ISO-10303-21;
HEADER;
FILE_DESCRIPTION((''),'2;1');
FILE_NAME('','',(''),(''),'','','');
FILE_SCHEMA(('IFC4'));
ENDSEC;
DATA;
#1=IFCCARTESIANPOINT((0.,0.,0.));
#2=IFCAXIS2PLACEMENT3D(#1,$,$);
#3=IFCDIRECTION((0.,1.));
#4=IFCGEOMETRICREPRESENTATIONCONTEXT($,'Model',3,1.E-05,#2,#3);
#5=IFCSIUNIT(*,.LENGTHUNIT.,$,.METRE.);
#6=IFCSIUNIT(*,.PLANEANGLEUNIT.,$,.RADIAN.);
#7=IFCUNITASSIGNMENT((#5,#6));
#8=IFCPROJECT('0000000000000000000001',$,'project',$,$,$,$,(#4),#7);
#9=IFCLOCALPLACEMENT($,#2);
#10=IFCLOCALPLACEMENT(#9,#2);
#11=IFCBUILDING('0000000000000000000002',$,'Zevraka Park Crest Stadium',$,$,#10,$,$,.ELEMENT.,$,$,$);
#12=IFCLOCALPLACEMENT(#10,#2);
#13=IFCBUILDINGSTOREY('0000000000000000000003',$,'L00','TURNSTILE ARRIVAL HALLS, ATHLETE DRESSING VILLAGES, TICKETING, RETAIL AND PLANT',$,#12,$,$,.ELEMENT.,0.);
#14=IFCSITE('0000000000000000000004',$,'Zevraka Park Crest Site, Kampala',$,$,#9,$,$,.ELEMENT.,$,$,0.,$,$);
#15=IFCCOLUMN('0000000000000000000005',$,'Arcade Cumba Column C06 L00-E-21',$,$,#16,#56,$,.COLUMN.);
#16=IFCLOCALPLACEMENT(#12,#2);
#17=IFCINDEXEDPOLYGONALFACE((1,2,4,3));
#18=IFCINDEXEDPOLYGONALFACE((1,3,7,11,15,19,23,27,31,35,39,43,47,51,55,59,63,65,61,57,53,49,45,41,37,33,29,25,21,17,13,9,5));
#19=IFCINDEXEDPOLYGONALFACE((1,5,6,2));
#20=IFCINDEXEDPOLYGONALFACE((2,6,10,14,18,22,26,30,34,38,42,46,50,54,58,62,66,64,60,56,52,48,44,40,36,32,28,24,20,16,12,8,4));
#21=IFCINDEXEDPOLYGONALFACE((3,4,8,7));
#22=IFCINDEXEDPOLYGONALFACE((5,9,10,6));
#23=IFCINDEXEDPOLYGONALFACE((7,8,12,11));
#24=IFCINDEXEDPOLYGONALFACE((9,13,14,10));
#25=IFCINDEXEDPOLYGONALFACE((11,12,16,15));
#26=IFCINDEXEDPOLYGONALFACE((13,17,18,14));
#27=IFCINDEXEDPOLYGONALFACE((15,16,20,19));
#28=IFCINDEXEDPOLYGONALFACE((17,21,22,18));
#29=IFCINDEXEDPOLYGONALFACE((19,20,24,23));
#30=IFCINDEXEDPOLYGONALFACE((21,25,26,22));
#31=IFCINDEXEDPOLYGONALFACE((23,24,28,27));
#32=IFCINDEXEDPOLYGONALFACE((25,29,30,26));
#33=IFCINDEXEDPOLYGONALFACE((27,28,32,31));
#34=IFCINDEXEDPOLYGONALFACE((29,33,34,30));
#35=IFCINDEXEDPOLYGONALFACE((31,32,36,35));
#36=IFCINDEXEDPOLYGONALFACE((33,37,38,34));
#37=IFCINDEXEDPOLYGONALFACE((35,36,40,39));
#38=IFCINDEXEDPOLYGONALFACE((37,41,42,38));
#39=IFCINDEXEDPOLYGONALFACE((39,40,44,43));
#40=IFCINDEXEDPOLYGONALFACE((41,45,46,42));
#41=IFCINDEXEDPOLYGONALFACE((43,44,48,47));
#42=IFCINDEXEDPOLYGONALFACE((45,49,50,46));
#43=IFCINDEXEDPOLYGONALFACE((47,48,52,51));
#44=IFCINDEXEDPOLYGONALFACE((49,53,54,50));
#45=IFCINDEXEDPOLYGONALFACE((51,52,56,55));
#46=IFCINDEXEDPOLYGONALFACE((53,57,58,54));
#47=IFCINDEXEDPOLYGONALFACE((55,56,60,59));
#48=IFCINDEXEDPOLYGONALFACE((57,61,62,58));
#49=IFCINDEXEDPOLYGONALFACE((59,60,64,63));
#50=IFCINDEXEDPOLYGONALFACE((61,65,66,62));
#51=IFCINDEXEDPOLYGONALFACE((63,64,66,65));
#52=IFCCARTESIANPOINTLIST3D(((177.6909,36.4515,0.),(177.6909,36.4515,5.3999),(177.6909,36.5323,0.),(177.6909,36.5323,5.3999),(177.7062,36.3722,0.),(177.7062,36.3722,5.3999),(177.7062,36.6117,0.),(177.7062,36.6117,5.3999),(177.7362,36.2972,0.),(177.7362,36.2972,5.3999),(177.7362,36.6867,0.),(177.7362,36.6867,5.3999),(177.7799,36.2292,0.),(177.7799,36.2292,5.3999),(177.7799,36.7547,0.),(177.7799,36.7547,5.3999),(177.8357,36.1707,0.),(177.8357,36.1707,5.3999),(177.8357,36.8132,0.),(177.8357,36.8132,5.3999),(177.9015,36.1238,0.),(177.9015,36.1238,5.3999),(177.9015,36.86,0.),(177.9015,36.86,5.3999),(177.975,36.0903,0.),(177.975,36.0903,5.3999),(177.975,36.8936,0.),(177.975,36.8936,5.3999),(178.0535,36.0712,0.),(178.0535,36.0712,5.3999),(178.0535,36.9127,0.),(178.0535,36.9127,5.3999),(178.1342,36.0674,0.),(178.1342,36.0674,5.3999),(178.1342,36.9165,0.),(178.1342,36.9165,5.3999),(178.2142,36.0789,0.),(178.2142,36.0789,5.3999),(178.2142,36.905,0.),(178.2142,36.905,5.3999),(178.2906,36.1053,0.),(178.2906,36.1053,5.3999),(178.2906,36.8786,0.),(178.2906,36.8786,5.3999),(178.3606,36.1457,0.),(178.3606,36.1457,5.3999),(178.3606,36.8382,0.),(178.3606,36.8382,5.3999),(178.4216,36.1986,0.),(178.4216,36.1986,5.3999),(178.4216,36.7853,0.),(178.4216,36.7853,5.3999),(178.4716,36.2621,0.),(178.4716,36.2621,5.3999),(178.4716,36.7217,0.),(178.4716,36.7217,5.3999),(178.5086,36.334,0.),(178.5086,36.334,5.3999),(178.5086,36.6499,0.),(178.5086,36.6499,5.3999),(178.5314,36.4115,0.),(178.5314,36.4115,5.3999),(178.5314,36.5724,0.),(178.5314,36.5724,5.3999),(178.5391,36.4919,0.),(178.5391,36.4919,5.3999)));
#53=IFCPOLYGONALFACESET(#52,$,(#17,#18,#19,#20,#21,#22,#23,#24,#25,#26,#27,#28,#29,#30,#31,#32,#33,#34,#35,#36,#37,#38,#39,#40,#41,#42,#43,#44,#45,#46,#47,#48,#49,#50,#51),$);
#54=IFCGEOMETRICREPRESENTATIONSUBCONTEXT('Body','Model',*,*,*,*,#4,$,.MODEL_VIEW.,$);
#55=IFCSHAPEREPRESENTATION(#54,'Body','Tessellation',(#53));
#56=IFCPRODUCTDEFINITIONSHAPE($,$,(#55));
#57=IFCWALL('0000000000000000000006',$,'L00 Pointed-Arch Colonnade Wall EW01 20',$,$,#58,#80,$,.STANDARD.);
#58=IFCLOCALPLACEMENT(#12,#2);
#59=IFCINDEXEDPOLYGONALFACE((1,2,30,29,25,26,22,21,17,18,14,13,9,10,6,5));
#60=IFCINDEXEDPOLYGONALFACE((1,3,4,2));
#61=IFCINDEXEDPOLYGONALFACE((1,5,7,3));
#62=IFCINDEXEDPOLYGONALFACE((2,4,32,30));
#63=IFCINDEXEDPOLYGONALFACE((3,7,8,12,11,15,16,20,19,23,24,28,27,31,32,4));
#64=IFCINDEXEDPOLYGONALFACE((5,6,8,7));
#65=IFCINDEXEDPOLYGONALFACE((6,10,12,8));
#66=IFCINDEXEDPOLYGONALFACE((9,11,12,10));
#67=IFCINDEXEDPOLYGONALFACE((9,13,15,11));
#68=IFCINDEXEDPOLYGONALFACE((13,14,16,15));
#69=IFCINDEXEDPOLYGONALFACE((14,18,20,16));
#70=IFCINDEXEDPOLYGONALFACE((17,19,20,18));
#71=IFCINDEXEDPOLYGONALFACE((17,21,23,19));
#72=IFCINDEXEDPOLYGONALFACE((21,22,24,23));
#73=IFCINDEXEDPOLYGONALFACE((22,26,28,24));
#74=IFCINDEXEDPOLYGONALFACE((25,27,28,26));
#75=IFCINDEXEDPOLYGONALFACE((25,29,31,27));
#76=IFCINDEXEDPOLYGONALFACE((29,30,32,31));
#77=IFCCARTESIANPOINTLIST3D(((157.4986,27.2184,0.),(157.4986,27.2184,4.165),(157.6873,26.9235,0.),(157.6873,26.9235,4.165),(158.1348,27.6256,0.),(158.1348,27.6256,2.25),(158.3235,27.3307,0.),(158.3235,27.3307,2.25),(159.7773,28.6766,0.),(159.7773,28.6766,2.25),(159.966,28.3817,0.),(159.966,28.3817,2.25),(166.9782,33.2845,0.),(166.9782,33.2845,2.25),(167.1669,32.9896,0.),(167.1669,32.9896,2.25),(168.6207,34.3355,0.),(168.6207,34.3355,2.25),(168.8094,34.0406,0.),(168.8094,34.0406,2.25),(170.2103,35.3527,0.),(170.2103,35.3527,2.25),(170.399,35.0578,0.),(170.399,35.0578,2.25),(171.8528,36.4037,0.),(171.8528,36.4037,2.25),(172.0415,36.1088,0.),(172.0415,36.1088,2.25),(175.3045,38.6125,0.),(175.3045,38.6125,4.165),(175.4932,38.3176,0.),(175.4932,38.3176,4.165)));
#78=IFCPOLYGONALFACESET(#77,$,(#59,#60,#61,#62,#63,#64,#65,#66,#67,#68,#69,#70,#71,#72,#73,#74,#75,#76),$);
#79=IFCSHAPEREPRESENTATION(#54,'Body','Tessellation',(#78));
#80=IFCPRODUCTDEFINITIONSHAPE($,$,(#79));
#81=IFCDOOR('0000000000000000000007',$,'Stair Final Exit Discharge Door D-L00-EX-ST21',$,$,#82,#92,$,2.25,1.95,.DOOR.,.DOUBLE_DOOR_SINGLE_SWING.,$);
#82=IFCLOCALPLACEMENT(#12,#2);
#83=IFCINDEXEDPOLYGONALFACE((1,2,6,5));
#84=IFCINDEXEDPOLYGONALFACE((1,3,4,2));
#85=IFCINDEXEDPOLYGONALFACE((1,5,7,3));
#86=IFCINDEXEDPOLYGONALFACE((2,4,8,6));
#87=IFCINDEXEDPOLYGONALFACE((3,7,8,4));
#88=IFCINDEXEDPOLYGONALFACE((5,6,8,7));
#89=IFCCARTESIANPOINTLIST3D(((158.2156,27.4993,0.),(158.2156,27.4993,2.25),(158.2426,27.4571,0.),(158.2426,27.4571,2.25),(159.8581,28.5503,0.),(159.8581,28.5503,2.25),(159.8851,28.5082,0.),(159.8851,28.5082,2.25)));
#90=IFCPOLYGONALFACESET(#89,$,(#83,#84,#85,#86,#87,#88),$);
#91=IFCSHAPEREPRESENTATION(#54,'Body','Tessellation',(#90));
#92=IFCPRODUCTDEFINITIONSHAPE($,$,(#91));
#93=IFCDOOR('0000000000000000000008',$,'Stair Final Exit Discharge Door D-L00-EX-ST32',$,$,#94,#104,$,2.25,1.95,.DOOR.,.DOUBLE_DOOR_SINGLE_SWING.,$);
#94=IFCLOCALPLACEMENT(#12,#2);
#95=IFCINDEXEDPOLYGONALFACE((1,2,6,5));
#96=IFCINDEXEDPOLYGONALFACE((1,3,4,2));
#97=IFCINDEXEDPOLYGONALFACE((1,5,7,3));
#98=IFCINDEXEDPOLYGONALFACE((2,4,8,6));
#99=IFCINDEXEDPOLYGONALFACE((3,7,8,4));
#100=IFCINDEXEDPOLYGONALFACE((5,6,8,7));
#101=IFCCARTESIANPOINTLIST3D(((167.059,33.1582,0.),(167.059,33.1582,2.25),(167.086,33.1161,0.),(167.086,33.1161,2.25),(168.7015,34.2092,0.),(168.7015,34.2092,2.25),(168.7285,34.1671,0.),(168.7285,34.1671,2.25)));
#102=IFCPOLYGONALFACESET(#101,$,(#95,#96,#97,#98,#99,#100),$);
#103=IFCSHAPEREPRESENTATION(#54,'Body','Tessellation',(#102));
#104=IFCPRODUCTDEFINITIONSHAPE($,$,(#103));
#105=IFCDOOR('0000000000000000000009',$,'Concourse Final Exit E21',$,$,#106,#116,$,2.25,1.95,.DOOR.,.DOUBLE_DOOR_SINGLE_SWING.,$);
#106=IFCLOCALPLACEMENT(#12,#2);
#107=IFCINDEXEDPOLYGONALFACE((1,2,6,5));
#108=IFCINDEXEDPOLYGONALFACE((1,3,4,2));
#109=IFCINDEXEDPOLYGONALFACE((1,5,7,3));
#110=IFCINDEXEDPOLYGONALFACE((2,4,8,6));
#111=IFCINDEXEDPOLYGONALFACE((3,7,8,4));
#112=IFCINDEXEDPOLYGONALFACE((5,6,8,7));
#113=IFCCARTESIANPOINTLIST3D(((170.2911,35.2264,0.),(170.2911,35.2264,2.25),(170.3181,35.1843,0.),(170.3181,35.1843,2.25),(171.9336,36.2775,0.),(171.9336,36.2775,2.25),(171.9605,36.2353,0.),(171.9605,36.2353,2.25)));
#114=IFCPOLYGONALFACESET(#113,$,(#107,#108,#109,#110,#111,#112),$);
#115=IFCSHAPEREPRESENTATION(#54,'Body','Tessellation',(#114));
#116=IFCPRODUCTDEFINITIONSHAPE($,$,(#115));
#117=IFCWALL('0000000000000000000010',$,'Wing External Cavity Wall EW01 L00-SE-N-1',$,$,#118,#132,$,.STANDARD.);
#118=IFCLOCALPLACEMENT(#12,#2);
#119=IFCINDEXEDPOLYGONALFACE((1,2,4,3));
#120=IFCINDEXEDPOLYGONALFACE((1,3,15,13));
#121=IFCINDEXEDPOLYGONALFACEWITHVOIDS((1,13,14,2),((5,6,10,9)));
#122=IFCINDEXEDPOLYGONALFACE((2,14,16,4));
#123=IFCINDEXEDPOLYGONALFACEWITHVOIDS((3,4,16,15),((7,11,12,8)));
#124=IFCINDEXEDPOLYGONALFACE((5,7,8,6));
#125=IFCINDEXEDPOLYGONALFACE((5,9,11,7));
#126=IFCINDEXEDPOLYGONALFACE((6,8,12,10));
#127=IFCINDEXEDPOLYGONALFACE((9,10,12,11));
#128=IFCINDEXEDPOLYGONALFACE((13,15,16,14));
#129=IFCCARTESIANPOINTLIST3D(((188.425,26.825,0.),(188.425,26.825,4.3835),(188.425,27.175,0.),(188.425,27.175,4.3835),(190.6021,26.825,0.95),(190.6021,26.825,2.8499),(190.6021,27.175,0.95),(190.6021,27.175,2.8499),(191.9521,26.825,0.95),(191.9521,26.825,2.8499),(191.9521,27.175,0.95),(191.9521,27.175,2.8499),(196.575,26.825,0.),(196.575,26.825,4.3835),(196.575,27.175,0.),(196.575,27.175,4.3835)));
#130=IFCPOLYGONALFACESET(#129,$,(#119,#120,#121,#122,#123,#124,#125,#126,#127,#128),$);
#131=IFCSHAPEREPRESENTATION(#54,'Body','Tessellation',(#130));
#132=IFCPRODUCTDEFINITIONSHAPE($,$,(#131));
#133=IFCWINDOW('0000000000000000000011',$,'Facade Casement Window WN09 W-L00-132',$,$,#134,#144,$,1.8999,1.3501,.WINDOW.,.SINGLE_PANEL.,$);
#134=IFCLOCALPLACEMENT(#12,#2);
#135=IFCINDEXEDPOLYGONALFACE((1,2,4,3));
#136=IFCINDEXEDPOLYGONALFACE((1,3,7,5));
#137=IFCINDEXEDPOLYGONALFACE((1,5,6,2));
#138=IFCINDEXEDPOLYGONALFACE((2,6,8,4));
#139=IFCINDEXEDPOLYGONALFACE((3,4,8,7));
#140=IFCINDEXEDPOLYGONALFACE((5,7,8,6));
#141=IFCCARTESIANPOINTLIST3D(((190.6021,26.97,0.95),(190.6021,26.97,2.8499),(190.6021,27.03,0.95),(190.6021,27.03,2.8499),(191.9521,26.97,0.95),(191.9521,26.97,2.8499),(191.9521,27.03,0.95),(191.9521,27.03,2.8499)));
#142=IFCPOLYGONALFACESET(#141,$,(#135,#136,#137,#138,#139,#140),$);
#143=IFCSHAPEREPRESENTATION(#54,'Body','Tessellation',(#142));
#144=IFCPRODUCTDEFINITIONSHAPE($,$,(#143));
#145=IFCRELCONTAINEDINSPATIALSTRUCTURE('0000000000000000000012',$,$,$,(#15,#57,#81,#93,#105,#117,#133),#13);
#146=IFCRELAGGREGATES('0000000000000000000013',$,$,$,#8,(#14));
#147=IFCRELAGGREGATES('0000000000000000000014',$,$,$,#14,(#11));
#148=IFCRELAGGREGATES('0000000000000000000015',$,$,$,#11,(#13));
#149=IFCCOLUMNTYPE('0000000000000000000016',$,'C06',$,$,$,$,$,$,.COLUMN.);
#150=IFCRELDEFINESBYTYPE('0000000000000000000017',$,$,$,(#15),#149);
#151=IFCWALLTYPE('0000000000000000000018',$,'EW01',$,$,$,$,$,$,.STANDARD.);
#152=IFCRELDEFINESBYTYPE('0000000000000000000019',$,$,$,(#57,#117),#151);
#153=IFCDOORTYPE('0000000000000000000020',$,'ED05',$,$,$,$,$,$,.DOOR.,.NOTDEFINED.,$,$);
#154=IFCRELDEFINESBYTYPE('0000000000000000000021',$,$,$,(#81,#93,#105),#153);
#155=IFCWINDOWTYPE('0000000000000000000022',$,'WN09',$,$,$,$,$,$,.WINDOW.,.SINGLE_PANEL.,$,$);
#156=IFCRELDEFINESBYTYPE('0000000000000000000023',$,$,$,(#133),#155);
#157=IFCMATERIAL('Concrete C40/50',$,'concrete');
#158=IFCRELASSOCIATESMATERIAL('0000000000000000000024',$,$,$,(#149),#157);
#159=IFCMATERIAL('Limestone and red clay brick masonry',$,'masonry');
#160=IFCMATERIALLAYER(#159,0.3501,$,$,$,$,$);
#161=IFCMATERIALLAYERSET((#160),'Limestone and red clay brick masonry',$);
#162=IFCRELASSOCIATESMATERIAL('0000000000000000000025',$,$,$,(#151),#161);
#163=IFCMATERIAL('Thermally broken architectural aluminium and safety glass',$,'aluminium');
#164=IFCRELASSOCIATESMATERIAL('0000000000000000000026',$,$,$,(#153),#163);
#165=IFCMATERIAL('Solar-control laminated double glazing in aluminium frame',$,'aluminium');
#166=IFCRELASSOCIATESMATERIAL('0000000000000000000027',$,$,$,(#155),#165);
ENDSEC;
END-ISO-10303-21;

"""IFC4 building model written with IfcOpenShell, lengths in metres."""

from ifc_helpers import new_model, si_unit, direction, frame, frame_2d, origin, origin_2d, place, context, subcontext, project, spatial, rectangle, circle, extrude, material, layer, layer_set, material_profile, profile_set, type_object, element, fill, save


model = new_model("IFC4")

# Units and contexts
model_context = context("Model", 3, precision=1e-05, world=origin(), true_north=direction((0.0, 1.0)))
body_context = subcontext(model_context, "Body", "Model", "MODEL_VIEW")
ifc_project = project(units=[si_unit("LENGTHUNIT", "METRE"), si_unit("PLANEANGLEUNIT", "RADIAN")], contexts=[model_context])

# Site, building, storey
site_placement = place(None, origin())
site = spatial("IfcSite", under=ifc_project, at=site_placement, Name="Zevraka Park Crest Site, Kampala", CompositionType="ELEMENT", RefElevation=0.0)
building_placement = place(site_placement, origin())
building = spatial("IfcBuilding", under=site, at=building_placement, Name="Zevraka Park Crest Stadium", CompositionType="ELEMENT")
storey_placement = place(building_placement, origin())
storey = spatial("IfcBuildingStorey", under=building, at=storey_placement, Name="L00", Description="TURNSTILE ARRIVAL HALLS, ATHLETE DRESSING VILLAGES, TICKETING, RETAIL AND PLANT", CompositionType="ELEMENT", Elevation=0.0)

# Column
ifc_material_1 = material(Name="Concrete C40/50", Category="concrete")
ifc_material_profile_1 = material_profile(ifc_material_1, circle(Radius=0.425, at=origin_2d()), Name="RC D850")
ifc_profile_set_1 = profile_set([ifc_material_profile_1], Name="Concrete C40/50")
column_type_1 = type_object("IfcColumnType", Name="C06", PredefinedType="COLUMN", material=ifc_profile_set_1)
column_1_placement = place(storey_placement, frame((178.114, 36.4919, 0.0), z_axis=(0.0, 0.0, 1.0), x_axis=(1.0, 0.0, 0.0)))
element("IfcColumn", 1, at=column_1_placement, inside=storey, type_object=column_type_1, Name="Arcade Cumba Column C06 L00-E-21", PredefinedType="COLUMN", context=body_context, shape_type="SweptSolid", body=[
    extrude(circle(Radius=0.425, at=origin_2d()), origin(), (0.0, 0.0, 1.0), 5.3999),
])

# Wall, openings, doors
ifc_material_2 = material(Name="Limestone and red clay brick masonry", Category="masonry")
ifc_layer = layer(ifc_material_2, 0.3501)
ifc_layer_set = layer_set([ifc_layer], Name="Limestone and red clay brick masonry")
wall_type = type_object("IfcWallType", Name="EW01", PredefinedType="STANDARD", material=ifc_layer_set)
wall_1_placement = place(storey_placement, frame((175.3989, 38.4651, 0.0), z_axis=(0.0, 0.0, 1.0), x_axis=(-0.842309, -0.538995, 0.0)))
wall_1 = element("IfcWall", 2, at=wall_1_placement, inside=storey, type_object=wall_type, Name="L00 Pointed-Arch Colonnade Wall EW01 20", PredefinedType="STANDARD", context=body_context, shape_type="SweptSolid", body=[
    extrude(rectangle(XDim=21.1394, YDim=0.3501, at=frame_2d((10.5698, 0.0))), origin(), (0.0, 0.0, 1.0), 4.165),
])
opening_1_placement = place(wall_1_placement, frame((18.4341, 0.0, 0.0)))
opening_1 = element("IfcOpeningElement", 3, at=opening_1_placement, cuts=wall_1, PredefinedType="OPENING", context=body_context, shape_type="SweptSolid", body=[
    extrude(rectangle(XDim=1.95, YDim=2.25, at=frame_2d((0.9751, 1.125))), frame((0.0, 0.1851, 0.0), z_axis=(0.0, -1.0, 0.0), x_axis=(1.0, 0.0, 0.0)), (0.0, 0.0, 1.0), 0.3701),
])
opening_2_placement = place(wall_1_placement, frame((7.9351, 0.0, 0.0)))
opening_2 = element("IfcOpeningElement", 4, at=opening_2_placement, cuts=wall_1, PredefinedType="OPENING", context=body_context, shape_type="SweptSolid", body=[
    extrude(rectangle(XDim=1.95, YDim=2.25, at=frame_2d((0.9751, 1.125))), frame((0.0, 0.1851, 0.0), z_axis=(0.0, -1.0, 0.0), x_axis=(1.0, 0.0, 0.0)), (0.0, 0.0, 1.0), 0.3701),
])
opening_3_placement = place(wall_1_placement, frame((4.0979, 0.0, 0.0)))
opening_3 = element("IfcOpeningElement", 5, at=opening_3_placement, cuts=wall_1, PredefinedType="OPENING", context=body_context, shape_type="SweptSolid", body=[
    extrude(rectangle(XDim=1.95, YDim=2.25, at=frame_2d((0.9751, 1.125))), frame((0.0, 0.1851, 0.0), z_axis=(0.0, -1.0, 0.0), x_axis=(1.0, 0.0, 0.0)), (0.0, 0.0, 1.0), 0.3701),
])
ifc_material_3 = material(Name="Thermally broken architectural aluminium and safety glass", Category="aluminium")
door_type = type_object("IfcDoorType", Name="ED05", OperationType="NOTDEFINED", PredefinedType="DOOR", material=ifc_material_3)
door_1_placement = place(opening_1_placement, origin())
door_1 = element("IfcDoor", 6, at=door_1_placement, inside=storey, type_object=door_type, Name="Stair Final Exit Discharge Door D-L00-EX-ST21", OperationType="DOUBLE_DOOR_SINGLE_SWING", OverallHeight=2.25, OverallWidth=1.95, PredefinedType="DOOR", context=body_context, shape_type="SweptSolid", body=[
    extrude(rectangle(XDim=1.95, YDim=2.25, at=frame_2d((0.9751, 1.125))), frame((0.0, 0.0249, 0.0), z_axis=(0.0, -1.0, 0.0), x_axis=(1.0, 0.0, 0.0)), (0.0, 0.0, 1.0), 0.05),
])
fill(opening_1, door_1)
door_2_placement = place(opening_2_placement, origin())
door_2 = element("IfcDoor", 7, at=door_2_placement, inside=storey, type_object=door_type, Name="Stair Final Exit Discharge Door D-L00-EX-ST32", OperationType="DOUBLE_DOOR_SINGLE_SWING", OverallHeight=2.25, OverallWidth=1.95, PredefinedType="DOOR", context=body_context, shape_type="SweptSolid", body=[
    extrude(rectangle(XDim=1.95, YDim=2.25, at=frame_2d((0.9751, 1.125))), frame((0.0, 0.0249, 0.0), z_axis=(0.0, -1.0, 0.0), x_axis=(1.0, 0.0, 0.0)), (0.0, 0.0, 1.0), 0.05),
])
fill(opening_2, door_2)
door_3_placement = place(opening_3_placement, origin())
door_3 = element("IfcDoor", 8, at=door_3_placement, inside=storey, type_object=door_type, Name="Concourse Final Exit E21", OperationType="DOUBLE_DOOR_SINGLE_SWING", OverallHeight=2.25, OverallWidth=1.95, PredefinedType="DOOR", context=body_context, shape_type="SweptSolid", body=[
    extrude(rectangle(XDim=1.95, YDim=2.25, at=frame_2d((0.9751, 1.125))), frame((0.0, 0.0249, 0.0), z_axis=(0.0, -1.0, 0.0), x_axis=(1.0, 0.0, 0.0)), (0.0, 0.0, 1.0), 0.05),
])
fill(opening_3, door_3)

# Wall, opening, window
wall_2_placement = place(storey_placement, frame((188.425, 27.0, 0.0), z_axis=(0.0, 0.0, 1.0), x_axis=(1.0, 0.0, 0.0)))
wall_2 = element("IfcWall", 9, at=wall_2_placement, inside=storey, type_object=wall_type, Name="Wing External Cavity Wall EW01 L00-SE-N-1", PredefinedType="STANDARD", context=body_context, shape_type="SweptSolid", body=[
    extrude(rectangle(XDim=8.1499, YDim=0.3501, at=frame_2d((4.075, 0.0))), origin(), (0.0, 0.0, 1.0), 4.3835),
])
opening_4_placement = place(wall_2_placement, frame((2.177, 0.0, 0.95)))
opening_4 = element("IfcOpeningElement", 10, at=opening_4_placement, cuts=wall_2, PredefinedType="OPENING", context=body_context, shape_type="SweptSolid", body=[
    extrude(rectangle(XDim=1.3501, YDim=1.8999, at=frame_2d((0.675, 0.95))), frame((0.0, 0.1851, 0.0), z_axis=(0.0, -1.0, 0.0), x_axis=(1.0, 0.0, 0.0)), (0.0, 0.0, 1.0), 0.3701),
])
ifc_material_4 = material(Name="Solar-control laminated double glazing in aluminium frame", Category="aluminium")
window_type = type_object("IfcWindowType", Name="WN09", PartitioningType="SINGLE_PANEL", PredefinedType="WINDOW", material=ifc_material_4)
window_placement = place(opening_4_placement, origin())
window = element("IfcWindow", 11, at=window_placement, inside=storey, type_object=window_type, Name="Facade Casement Window WN09 W-L00-132", OverallHeight=1.8999, OverallWidth=1.3501, PartitioningType="SINGLE_PANEL", PredefinedType="WINDOW", context=body_context, shape_type="SweptSolid", body=[
    extrude(rectangle(XDim=1.3501, YDim=1.8999, at=frame_2d((0.675, 0.95))), frame((0.0, 0.03, 0.0), z_axis=(0.0, -1.0, 0.0), x_axis=(1.0, 0.0, 0.0)), (0.0, 0.0, 1.0), 0.0601),
])
fill(opening_4, window)

save(model, "model.ifc")
